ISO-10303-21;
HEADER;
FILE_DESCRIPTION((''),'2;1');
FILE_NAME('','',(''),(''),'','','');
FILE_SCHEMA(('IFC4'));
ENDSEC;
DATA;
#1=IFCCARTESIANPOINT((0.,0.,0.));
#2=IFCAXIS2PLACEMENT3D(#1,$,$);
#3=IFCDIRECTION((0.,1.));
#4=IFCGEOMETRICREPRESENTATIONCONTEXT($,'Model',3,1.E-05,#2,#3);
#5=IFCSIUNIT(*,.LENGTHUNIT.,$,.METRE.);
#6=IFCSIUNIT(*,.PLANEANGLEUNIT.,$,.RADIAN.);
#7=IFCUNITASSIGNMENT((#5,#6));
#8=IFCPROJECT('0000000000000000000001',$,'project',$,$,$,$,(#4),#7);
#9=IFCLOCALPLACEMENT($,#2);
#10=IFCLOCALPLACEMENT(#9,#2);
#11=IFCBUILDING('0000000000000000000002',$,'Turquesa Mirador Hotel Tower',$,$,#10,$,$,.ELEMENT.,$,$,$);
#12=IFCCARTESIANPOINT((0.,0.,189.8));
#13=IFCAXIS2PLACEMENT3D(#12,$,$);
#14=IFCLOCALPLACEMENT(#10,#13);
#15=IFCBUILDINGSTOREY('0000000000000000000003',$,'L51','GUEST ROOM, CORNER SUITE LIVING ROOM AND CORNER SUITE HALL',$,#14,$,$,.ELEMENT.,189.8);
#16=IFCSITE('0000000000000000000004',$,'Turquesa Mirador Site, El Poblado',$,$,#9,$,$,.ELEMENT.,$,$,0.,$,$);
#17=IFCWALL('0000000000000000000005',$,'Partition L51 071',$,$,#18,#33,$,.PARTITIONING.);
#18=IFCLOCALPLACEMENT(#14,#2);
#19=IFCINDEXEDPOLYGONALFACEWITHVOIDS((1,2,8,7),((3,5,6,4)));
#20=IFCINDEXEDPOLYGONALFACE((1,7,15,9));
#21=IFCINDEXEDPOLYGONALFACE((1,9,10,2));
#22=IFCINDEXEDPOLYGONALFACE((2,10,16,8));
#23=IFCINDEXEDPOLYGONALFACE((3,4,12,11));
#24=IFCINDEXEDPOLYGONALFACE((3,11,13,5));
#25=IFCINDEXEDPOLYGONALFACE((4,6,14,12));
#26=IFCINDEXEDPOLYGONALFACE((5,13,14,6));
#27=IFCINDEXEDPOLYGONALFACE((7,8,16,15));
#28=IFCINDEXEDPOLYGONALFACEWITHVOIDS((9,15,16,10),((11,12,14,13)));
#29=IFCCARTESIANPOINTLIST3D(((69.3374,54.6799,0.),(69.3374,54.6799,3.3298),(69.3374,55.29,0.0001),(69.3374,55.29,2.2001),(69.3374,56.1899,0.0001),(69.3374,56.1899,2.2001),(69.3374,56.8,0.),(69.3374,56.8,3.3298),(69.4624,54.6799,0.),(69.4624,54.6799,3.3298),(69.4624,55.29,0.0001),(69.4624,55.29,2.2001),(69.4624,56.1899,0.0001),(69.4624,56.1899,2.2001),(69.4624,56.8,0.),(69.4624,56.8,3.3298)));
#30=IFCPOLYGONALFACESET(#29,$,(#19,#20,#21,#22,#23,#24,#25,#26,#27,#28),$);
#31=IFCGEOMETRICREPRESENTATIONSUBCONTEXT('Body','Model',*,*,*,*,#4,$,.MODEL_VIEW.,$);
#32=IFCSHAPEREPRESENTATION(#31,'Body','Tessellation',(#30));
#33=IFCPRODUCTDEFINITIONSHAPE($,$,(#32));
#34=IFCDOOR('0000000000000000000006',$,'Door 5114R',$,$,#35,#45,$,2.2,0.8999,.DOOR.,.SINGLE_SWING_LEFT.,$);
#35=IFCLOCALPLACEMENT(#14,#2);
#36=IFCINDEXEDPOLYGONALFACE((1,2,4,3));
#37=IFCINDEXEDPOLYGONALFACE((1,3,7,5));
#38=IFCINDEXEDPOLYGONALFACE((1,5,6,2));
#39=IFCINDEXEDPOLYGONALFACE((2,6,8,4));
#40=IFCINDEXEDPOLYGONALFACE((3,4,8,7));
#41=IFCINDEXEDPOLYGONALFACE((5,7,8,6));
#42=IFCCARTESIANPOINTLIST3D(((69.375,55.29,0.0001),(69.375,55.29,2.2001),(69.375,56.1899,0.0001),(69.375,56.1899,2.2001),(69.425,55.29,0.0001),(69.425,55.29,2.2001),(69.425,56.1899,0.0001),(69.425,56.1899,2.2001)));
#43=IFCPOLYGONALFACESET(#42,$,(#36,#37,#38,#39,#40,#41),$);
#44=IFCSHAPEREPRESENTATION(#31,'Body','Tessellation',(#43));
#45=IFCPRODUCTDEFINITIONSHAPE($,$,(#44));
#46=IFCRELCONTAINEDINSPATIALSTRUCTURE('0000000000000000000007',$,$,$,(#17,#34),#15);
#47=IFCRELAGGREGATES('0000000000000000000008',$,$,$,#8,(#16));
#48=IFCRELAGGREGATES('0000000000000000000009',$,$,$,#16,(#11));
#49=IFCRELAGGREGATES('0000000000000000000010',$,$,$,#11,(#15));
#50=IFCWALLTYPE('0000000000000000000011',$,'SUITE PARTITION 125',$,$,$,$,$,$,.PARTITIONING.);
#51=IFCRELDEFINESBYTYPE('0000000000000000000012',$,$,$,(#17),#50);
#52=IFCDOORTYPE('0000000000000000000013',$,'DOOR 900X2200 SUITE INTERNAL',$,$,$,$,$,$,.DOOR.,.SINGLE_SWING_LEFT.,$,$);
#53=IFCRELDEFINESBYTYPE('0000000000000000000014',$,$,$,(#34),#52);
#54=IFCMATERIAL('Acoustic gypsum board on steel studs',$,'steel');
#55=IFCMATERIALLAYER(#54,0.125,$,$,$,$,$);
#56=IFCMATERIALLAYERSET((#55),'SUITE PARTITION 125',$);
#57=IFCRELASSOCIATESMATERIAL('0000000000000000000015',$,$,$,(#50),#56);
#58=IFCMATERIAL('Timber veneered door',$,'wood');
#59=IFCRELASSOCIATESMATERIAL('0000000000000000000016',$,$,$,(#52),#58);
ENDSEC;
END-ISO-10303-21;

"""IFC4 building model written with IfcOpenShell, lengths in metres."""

from ifc_helpers import new_model, si_unit, direction, frame, frame_2d, origin, place, context, subcontext, project, spatial, rectangle, extrude, material, layer, layer_set, type_object, element, fill, save


model = new_model("IFC4")

# Units and contexts
model_context = context("Model", 3, precision=1e-05, world=origin(), true_north=direction((0.0, 1.0)))
body_context = subcontext(model_context, "Body", "Model", "MODEL_VIEW")
ifc_project = project(units=[si_unit("LENGTHUNIT", "METRE"), si_unit("PLANEANGLEUNIT", "RADIAN")], contexts=[model_context])

# Site, building, storey
site_placement = place(None, origin())
site = spatial("IfcSite", under=ifc_project, at=site_placement, Name="Turquesa Mirador Site, El Poblado", CompositionType="ELEMENT", RefElevation=0.0)
building_placement = place(site_placement, origin())
building = spatial("IfcBuilding", under=site, at=building_placement, Name="Turquesa Mirador Hotel Tower", CompositionType="ELEMENT")
storey_placement = place(building_placement, frame((0.0, 0.0, 189.8)))
storey = spatial("IfcBuildingStorey", under=building, at=storey_placement, Name="L51", Description="GUEST ROOM, CORNER SUITE LIVING ROOM AND CORNER SUITE HALL", CompositionType="ELEMENT", Elevation=189.8)

# Wall, opening, door
ifc_material_1 = material(Name="Acoustic gypsum board on steel studs", Category="steel")
ifc_layer_1 = layer(ifc_material_1, 0.125)
ifc_layer_set_1 = layer_set([ifc_layer_1], Name="SUITE PARTITION 125")
wall_type_1 = type_object("IfcWallType", Name="SUITE PARTITION 125", PredefinedType="PARTITIONING", material=ifc_layer_set_1)
wall_1_placement = place(storey_placement, frame((69.3999, 54.6799, 0.0), z_axis=(0.0, 0.0, 1.0), x_axis=(0.0, 1.0, 0.0)))
wall_1 = element("IfcWall", 1, at=wall_1_placement, inside=storey, type_object=wall_type_1, Name="Partition L51 071", PredefinedType="PARTITIONING", context=body_context, shape_type="SweptSolid", body=[
    extrude(rectangle(XDim=2.1201, YDim=0.125, at=frame_2d((1.0601, 0.0))), origin(), (0.0, 0.0, 1.0), 3.3298),
])
opening_1_placement = place(wall_1_placement, frame((0.6101, 0.0, 0.0)))
opening_1 = element("IfcOpeningElement", 2, at=opening_1_placement, cuts=wall_1, PredefinedType="OPENING", context=body_context, shape_type="SweptSolid", body=[
    extrude(rectangle(XDim=0.8999, YDim=2.2, at=frame_2d((0.45, 1.1001))), frame((0.0, 0.0725, 0.0), z_axis=(0.0, -1.0, 0.0), x_axis=(1.0, 0.0, 0.0)), (0.0, 0.0, 1.0), 0.145),
])
ifc_material_2 = material(Name="Timber veneered door", Category="wood")
door_type_1 = type_object("IfcDoorType", Name="DOOR 900X2200 SUITE INTERNAL", OperationType="SINGLE_SWING_LEFT", PredefinedType="DOOR", material=ifc_material_2)
door_1_placement = place(opening_1_placement, origin())
door_1 = element("IfcDoor", 3, at=door_1_placement, inside=storey, type_object=door_type_1, Name="Door 5114R", OperationType="SINGLE_SWING_LEFT", OverallHeight=2.2, OverallWidth=0.8999, PredefinedType="DOOR", context=body_context, shape_type="SweptSolid", body=[
    extrude(rectangle(XDim=0.8999, YDim=2.2, at=frame_2d((0.45, 1.1001))), frame((0.0, 0.0249, 0.0), z_axis=(0.0, -1.0, 0.0), x_axis=(1.0, 0.0, 0.0)), (0.0, 0.0, 1.0), 0.05),
])
fill(opening_1, door_1)

save(model, "model.ifc")
